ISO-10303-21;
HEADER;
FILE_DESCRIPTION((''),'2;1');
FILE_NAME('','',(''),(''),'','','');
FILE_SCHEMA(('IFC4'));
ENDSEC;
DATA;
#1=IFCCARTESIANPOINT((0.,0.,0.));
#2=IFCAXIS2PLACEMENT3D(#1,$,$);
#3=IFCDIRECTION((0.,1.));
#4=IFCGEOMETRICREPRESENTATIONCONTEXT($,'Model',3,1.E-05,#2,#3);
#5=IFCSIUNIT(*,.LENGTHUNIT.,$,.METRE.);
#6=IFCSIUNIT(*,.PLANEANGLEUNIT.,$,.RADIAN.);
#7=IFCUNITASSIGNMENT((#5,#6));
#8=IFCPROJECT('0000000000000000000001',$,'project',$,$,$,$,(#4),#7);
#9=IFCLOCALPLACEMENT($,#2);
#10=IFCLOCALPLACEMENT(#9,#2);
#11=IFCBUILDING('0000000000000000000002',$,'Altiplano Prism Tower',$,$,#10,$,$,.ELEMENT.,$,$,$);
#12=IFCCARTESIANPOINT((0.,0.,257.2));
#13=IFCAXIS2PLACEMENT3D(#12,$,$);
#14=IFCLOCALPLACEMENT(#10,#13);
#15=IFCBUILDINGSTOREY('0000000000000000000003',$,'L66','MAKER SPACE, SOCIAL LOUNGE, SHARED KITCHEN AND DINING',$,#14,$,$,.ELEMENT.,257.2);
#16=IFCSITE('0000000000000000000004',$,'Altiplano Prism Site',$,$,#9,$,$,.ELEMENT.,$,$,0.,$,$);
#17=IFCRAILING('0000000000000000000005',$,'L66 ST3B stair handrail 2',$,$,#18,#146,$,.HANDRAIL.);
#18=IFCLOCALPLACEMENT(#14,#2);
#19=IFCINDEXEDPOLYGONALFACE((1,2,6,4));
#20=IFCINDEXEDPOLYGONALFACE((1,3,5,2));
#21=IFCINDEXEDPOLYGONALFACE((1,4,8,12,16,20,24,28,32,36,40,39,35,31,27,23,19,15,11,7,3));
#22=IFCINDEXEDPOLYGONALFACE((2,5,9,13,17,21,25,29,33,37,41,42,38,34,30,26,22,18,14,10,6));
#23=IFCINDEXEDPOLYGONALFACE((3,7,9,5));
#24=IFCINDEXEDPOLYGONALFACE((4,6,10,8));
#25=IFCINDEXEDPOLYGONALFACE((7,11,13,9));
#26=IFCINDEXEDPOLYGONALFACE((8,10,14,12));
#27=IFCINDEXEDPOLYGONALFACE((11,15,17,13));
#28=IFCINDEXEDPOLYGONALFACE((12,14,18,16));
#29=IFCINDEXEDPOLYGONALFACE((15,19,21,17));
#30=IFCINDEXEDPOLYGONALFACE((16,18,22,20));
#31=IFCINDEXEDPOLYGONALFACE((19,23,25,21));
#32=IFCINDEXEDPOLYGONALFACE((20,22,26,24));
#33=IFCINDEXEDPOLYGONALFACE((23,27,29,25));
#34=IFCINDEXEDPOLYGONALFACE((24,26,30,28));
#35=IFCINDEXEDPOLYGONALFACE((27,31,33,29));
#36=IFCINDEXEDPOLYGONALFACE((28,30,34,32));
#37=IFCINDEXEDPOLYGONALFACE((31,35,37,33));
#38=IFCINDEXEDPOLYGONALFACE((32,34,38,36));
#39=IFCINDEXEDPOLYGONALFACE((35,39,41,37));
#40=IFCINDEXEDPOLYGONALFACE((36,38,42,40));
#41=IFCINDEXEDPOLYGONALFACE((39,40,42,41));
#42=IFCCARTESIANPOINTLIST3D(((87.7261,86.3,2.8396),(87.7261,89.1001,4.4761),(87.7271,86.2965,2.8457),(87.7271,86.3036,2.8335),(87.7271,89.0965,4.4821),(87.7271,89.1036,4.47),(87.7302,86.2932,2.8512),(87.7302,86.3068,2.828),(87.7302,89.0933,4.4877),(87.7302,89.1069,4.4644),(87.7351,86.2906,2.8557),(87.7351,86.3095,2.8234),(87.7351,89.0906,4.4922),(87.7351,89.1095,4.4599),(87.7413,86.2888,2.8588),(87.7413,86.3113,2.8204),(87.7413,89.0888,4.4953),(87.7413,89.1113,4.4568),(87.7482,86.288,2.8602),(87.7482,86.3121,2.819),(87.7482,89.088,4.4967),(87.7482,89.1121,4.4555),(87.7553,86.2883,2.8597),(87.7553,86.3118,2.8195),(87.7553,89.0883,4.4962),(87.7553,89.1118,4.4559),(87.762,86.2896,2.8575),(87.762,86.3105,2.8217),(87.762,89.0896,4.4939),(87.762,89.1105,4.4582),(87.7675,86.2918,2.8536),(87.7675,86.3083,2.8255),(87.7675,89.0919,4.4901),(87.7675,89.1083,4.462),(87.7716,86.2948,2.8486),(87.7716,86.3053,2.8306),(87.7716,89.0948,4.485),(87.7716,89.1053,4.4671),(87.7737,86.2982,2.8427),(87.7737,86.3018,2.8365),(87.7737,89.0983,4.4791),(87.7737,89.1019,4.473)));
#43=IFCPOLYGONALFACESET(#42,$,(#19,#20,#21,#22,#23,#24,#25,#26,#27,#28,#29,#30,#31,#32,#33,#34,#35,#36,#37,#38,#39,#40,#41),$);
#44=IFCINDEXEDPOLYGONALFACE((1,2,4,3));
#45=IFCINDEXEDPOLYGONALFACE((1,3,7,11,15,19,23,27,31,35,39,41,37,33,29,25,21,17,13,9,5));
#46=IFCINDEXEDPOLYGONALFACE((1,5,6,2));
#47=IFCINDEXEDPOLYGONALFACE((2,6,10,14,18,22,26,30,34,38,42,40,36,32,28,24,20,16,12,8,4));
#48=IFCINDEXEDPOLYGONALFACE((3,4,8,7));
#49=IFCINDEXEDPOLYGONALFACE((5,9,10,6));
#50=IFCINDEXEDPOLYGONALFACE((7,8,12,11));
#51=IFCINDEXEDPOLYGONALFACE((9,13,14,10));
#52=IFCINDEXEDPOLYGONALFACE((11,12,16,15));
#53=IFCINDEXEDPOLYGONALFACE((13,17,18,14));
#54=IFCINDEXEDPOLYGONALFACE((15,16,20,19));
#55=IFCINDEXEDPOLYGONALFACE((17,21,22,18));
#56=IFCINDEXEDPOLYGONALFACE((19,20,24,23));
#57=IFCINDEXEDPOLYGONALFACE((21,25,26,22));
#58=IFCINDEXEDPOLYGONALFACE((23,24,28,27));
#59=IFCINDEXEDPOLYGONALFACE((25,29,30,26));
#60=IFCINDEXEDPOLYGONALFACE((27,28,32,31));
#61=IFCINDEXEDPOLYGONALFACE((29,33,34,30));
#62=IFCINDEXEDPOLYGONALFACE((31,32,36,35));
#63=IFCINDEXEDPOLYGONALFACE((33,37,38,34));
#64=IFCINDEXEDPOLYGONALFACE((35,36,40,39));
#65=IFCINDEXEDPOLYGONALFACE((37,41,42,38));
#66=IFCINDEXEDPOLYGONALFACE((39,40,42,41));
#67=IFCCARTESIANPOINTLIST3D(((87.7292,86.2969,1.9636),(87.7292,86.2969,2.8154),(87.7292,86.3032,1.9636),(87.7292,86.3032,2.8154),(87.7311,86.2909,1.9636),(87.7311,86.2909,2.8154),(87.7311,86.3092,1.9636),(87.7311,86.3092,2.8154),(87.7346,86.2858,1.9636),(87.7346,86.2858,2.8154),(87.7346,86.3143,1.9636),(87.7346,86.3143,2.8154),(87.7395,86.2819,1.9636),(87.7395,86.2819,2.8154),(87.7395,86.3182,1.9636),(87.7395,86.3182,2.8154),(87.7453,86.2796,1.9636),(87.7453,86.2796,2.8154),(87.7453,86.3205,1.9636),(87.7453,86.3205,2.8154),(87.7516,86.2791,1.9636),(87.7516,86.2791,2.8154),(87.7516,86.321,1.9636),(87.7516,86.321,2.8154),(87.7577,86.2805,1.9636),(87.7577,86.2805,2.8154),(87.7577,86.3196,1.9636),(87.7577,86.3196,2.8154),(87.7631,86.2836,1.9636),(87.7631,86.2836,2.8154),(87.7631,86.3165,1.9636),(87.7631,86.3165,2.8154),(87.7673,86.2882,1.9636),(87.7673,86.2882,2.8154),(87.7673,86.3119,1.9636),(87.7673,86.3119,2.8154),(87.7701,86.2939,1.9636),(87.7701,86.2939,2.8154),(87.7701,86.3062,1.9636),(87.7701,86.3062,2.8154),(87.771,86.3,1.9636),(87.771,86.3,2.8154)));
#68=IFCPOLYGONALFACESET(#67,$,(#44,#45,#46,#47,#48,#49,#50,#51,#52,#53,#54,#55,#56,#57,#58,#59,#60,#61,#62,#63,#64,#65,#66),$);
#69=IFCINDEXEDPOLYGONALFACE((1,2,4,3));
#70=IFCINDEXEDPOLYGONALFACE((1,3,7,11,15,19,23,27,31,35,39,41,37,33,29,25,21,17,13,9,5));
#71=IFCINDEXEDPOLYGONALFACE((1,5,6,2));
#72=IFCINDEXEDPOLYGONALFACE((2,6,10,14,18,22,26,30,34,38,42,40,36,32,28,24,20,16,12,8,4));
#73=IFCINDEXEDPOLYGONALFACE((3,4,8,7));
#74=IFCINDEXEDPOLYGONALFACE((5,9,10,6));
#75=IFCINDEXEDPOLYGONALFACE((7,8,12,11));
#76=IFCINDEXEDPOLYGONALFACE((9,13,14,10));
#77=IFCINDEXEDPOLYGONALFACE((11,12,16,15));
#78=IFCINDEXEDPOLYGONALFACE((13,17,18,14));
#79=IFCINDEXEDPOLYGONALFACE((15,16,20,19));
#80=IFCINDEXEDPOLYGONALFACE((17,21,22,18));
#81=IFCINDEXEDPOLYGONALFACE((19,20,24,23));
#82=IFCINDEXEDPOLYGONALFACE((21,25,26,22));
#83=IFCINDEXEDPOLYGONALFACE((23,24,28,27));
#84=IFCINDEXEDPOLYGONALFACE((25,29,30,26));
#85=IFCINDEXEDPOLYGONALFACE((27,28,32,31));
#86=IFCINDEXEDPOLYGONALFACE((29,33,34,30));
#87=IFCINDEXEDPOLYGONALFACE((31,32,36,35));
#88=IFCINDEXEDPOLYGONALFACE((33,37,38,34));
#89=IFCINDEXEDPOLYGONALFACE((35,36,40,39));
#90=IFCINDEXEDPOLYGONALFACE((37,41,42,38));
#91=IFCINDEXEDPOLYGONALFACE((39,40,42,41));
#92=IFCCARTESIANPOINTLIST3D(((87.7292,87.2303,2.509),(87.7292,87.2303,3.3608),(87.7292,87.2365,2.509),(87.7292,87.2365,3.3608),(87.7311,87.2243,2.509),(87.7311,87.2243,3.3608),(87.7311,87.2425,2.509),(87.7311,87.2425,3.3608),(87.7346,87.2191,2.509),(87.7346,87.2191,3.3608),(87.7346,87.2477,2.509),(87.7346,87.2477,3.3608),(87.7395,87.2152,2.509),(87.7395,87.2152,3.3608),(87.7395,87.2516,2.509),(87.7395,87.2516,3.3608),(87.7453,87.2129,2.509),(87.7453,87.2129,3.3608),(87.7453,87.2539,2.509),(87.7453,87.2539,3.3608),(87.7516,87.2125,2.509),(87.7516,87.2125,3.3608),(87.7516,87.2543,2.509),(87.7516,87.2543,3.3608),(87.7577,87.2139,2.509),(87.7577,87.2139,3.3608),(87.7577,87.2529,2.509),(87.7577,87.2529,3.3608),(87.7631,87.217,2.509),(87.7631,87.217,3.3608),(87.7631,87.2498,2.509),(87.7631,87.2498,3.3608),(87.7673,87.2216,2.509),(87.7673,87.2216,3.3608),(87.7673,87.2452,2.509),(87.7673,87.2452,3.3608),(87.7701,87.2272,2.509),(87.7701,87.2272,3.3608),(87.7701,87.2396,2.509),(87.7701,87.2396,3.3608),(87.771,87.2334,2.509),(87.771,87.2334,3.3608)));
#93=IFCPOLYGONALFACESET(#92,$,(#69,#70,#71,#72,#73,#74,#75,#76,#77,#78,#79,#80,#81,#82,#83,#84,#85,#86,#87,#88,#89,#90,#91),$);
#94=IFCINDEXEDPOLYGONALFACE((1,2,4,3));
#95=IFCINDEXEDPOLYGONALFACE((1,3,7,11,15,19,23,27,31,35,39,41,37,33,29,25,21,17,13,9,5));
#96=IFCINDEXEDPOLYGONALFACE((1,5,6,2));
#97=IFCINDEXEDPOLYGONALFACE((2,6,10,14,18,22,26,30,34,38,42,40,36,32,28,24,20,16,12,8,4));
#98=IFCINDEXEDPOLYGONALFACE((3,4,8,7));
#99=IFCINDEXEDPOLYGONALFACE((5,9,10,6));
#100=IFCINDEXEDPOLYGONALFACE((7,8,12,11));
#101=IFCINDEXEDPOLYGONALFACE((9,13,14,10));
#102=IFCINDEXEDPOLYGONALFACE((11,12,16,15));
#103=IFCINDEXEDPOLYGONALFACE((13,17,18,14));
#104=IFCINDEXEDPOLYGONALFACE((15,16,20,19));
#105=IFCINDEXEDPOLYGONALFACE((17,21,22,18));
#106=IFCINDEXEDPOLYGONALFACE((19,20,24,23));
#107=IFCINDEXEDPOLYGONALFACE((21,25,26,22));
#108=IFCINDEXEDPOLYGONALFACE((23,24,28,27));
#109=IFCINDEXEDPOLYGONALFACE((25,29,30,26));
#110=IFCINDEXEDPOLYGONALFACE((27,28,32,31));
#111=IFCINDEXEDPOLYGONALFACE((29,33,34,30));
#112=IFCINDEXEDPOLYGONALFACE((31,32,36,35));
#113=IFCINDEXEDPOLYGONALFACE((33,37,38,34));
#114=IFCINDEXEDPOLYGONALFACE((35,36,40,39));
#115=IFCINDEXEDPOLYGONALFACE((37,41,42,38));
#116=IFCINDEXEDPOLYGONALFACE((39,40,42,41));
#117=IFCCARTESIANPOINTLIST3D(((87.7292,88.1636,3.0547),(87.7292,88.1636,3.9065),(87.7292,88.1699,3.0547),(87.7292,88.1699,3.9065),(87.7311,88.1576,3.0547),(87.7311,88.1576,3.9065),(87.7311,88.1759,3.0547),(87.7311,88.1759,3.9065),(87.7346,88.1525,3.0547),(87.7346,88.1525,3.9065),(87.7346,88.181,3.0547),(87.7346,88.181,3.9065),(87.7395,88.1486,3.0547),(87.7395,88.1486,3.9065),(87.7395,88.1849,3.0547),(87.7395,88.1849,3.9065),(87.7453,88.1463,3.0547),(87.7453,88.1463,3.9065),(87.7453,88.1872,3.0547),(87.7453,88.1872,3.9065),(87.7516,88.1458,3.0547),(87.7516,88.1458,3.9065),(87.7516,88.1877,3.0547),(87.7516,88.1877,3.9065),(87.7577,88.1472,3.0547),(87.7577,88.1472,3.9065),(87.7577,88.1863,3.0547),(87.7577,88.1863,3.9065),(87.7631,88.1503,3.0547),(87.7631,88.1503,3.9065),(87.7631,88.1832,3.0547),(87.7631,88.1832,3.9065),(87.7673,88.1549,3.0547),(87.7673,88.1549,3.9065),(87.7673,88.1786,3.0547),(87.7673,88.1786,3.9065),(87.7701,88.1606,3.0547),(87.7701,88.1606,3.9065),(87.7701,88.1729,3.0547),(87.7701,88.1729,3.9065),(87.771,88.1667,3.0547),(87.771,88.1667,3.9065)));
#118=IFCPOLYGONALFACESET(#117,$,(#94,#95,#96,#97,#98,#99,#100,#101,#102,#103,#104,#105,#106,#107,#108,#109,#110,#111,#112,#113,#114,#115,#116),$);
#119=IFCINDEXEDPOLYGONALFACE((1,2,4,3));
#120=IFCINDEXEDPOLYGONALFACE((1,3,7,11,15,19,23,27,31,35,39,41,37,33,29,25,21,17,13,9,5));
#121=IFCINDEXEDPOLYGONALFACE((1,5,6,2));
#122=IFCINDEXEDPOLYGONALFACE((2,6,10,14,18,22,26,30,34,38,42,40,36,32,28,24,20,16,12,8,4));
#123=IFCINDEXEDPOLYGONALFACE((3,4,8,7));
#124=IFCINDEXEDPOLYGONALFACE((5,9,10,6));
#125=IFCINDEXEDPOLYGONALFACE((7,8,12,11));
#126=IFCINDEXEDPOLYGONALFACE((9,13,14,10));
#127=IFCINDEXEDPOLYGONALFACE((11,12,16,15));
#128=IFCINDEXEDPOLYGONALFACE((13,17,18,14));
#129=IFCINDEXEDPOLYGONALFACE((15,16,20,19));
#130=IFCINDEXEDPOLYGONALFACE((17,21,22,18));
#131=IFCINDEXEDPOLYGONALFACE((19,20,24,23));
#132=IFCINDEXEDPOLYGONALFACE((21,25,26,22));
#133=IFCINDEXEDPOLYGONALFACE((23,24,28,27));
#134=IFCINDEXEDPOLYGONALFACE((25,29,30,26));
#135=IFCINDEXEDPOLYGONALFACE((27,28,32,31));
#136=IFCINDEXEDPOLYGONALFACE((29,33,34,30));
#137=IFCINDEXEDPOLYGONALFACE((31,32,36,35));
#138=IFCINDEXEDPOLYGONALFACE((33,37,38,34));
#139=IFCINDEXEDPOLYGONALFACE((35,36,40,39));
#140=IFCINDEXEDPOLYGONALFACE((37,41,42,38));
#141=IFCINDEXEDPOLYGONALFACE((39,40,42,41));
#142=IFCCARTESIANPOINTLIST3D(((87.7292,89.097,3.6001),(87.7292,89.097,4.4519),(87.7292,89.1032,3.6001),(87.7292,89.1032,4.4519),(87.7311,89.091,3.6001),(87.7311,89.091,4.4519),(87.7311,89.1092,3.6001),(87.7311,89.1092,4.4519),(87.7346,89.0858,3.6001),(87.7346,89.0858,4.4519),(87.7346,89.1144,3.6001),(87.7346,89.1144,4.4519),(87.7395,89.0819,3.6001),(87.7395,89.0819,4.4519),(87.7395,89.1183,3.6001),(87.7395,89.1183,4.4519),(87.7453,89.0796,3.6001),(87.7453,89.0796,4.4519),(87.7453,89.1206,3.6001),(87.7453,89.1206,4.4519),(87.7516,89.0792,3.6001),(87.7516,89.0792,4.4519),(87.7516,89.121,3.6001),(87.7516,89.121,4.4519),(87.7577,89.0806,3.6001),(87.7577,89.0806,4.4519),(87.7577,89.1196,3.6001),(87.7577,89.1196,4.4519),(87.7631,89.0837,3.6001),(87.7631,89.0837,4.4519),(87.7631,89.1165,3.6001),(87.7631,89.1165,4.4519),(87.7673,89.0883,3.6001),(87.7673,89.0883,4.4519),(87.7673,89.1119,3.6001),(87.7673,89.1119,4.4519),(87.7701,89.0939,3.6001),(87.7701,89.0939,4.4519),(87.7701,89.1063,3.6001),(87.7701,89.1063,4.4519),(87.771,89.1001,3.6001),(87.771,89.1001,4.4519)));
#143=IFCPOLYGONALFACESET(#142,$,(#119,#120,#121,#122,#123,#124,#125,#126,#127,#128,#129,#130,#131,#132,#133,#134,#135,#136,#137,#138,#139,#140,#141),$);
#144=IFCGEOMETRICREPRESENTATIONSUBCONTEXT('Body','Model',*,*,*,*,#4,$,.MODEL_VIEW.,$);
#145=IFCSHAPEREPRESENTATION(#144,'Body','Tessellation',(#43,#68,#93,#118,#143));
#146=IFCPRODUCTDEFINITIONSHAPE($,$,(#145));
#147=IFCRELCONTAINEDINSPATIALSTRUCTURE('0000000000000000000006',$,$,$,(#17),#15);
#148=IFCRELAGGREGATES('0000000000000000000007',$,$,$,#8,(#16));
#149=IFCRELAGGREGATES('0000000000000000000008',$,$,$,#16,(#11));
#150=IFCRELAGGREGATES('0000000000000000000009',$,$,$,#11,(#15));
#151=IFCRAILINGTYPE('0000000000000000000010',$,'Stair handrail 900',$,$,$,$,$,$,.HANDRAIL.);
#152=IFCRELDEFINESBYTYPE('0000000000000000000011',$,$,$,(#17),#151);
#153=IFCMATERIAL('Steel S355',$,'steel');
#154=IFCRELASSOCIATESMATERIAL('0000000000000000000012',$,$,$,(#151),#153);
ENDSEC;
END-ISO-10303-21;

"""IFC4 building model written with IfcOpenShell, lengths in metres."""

from ifc_helpers import new_model, si_unit, direction, frame, origin, origin_2d, place, context, subcontext, project, spatial, circle, extrude, material, type_object, element, save


model = new_model("IFC4")

# Units and contexts
model_context = context("Model", 3, precision=1e-05, world=origin(), true_north=direction((0.0, 1.0)))
body_context = subcontext(model_context, "Body", "Model", "MODEL_VIEW")
ifc_project = project(units=[si_unit("LENGTHUNIT", "METRE"), si_unit("PLANEANGLEUNIT", "RADIAN")], contexts=[model_context])

# Site, building, storey
site_placement = place(None, origin())
site = spatial("IfcSite", under=ifc_project, at=site_placement, Name="Altiplano Prism Site", CompositionType="ELEMENT", RefElevation=0.0)
building_placement = place(site_placement, origin())
building = spatial("IfcBuilding", under=site, at=building_placement, Name="Altiplano Prism Tower", CompositionType="ELEMENT")
storey_placement = place(building_placement, frame((0.0, 0.0, 257.2)))
storey = spatial("IfcBuildingStorey", under=building, at=storey_placement, Name="L66", Description="MAKER SPACE, SOCIAL LOUNGE, SHARED KITCHEN AND DINING", CompositionType="ELEMENT", Elevation=257.2)

# Railing
ifc_material_1 = material(Name="Steel S355", Category="steel")
railing_type_1 = type_object("IfcRailingType", Name="Stair handrail 900", PredefinedType="HANDRAIL", material=ifc_material_1)
railing_1_placement = place(storey_placement, frame((87.75, 86.3, 1.9636)))
element("IfcRailing", 1, at=railing_1_placement, inside=storey, type_object=railing_type_1, Name="L66 ST3B stair handrail 2", PredefinedType="HANDRAIL", context=body_context, shape_type="SweptSolid", body=[
    extrude(circle(Radius=0.0239, at=origin_2d()), frame((0.0, 0.0, 0.876), z_axis=(0.0, 0.863361, 0.504587), x_axis=(-1.0, 0.0, 0.0)), (0.0, 0.0, 1.0), 3.2432),
    extrude(circle(Radius=0.021, at=origin_2d()), origin(), (0.0, 0.0, 1.0), 0.8518),
    extrude(circle(Radius=0.021, at=origin_2d()), frame((0.0, 0.9333, 0.5454)), (0.0, 0.0, 1.0), 0.8518),
    extrude(circle(Radius=0.021, at=origin_2d()), frame((0.0, 1.8667, 1.0911)), (0.0, 0.0, 1.0), 0.8518),
    extrude(circle(Radius=0.021, at=origin_2d()), frame((0.0, 2.8, 1.6365)), (0.0, 0.0, 1.0), 0.8518),
])

save(model, "model.ifc")
